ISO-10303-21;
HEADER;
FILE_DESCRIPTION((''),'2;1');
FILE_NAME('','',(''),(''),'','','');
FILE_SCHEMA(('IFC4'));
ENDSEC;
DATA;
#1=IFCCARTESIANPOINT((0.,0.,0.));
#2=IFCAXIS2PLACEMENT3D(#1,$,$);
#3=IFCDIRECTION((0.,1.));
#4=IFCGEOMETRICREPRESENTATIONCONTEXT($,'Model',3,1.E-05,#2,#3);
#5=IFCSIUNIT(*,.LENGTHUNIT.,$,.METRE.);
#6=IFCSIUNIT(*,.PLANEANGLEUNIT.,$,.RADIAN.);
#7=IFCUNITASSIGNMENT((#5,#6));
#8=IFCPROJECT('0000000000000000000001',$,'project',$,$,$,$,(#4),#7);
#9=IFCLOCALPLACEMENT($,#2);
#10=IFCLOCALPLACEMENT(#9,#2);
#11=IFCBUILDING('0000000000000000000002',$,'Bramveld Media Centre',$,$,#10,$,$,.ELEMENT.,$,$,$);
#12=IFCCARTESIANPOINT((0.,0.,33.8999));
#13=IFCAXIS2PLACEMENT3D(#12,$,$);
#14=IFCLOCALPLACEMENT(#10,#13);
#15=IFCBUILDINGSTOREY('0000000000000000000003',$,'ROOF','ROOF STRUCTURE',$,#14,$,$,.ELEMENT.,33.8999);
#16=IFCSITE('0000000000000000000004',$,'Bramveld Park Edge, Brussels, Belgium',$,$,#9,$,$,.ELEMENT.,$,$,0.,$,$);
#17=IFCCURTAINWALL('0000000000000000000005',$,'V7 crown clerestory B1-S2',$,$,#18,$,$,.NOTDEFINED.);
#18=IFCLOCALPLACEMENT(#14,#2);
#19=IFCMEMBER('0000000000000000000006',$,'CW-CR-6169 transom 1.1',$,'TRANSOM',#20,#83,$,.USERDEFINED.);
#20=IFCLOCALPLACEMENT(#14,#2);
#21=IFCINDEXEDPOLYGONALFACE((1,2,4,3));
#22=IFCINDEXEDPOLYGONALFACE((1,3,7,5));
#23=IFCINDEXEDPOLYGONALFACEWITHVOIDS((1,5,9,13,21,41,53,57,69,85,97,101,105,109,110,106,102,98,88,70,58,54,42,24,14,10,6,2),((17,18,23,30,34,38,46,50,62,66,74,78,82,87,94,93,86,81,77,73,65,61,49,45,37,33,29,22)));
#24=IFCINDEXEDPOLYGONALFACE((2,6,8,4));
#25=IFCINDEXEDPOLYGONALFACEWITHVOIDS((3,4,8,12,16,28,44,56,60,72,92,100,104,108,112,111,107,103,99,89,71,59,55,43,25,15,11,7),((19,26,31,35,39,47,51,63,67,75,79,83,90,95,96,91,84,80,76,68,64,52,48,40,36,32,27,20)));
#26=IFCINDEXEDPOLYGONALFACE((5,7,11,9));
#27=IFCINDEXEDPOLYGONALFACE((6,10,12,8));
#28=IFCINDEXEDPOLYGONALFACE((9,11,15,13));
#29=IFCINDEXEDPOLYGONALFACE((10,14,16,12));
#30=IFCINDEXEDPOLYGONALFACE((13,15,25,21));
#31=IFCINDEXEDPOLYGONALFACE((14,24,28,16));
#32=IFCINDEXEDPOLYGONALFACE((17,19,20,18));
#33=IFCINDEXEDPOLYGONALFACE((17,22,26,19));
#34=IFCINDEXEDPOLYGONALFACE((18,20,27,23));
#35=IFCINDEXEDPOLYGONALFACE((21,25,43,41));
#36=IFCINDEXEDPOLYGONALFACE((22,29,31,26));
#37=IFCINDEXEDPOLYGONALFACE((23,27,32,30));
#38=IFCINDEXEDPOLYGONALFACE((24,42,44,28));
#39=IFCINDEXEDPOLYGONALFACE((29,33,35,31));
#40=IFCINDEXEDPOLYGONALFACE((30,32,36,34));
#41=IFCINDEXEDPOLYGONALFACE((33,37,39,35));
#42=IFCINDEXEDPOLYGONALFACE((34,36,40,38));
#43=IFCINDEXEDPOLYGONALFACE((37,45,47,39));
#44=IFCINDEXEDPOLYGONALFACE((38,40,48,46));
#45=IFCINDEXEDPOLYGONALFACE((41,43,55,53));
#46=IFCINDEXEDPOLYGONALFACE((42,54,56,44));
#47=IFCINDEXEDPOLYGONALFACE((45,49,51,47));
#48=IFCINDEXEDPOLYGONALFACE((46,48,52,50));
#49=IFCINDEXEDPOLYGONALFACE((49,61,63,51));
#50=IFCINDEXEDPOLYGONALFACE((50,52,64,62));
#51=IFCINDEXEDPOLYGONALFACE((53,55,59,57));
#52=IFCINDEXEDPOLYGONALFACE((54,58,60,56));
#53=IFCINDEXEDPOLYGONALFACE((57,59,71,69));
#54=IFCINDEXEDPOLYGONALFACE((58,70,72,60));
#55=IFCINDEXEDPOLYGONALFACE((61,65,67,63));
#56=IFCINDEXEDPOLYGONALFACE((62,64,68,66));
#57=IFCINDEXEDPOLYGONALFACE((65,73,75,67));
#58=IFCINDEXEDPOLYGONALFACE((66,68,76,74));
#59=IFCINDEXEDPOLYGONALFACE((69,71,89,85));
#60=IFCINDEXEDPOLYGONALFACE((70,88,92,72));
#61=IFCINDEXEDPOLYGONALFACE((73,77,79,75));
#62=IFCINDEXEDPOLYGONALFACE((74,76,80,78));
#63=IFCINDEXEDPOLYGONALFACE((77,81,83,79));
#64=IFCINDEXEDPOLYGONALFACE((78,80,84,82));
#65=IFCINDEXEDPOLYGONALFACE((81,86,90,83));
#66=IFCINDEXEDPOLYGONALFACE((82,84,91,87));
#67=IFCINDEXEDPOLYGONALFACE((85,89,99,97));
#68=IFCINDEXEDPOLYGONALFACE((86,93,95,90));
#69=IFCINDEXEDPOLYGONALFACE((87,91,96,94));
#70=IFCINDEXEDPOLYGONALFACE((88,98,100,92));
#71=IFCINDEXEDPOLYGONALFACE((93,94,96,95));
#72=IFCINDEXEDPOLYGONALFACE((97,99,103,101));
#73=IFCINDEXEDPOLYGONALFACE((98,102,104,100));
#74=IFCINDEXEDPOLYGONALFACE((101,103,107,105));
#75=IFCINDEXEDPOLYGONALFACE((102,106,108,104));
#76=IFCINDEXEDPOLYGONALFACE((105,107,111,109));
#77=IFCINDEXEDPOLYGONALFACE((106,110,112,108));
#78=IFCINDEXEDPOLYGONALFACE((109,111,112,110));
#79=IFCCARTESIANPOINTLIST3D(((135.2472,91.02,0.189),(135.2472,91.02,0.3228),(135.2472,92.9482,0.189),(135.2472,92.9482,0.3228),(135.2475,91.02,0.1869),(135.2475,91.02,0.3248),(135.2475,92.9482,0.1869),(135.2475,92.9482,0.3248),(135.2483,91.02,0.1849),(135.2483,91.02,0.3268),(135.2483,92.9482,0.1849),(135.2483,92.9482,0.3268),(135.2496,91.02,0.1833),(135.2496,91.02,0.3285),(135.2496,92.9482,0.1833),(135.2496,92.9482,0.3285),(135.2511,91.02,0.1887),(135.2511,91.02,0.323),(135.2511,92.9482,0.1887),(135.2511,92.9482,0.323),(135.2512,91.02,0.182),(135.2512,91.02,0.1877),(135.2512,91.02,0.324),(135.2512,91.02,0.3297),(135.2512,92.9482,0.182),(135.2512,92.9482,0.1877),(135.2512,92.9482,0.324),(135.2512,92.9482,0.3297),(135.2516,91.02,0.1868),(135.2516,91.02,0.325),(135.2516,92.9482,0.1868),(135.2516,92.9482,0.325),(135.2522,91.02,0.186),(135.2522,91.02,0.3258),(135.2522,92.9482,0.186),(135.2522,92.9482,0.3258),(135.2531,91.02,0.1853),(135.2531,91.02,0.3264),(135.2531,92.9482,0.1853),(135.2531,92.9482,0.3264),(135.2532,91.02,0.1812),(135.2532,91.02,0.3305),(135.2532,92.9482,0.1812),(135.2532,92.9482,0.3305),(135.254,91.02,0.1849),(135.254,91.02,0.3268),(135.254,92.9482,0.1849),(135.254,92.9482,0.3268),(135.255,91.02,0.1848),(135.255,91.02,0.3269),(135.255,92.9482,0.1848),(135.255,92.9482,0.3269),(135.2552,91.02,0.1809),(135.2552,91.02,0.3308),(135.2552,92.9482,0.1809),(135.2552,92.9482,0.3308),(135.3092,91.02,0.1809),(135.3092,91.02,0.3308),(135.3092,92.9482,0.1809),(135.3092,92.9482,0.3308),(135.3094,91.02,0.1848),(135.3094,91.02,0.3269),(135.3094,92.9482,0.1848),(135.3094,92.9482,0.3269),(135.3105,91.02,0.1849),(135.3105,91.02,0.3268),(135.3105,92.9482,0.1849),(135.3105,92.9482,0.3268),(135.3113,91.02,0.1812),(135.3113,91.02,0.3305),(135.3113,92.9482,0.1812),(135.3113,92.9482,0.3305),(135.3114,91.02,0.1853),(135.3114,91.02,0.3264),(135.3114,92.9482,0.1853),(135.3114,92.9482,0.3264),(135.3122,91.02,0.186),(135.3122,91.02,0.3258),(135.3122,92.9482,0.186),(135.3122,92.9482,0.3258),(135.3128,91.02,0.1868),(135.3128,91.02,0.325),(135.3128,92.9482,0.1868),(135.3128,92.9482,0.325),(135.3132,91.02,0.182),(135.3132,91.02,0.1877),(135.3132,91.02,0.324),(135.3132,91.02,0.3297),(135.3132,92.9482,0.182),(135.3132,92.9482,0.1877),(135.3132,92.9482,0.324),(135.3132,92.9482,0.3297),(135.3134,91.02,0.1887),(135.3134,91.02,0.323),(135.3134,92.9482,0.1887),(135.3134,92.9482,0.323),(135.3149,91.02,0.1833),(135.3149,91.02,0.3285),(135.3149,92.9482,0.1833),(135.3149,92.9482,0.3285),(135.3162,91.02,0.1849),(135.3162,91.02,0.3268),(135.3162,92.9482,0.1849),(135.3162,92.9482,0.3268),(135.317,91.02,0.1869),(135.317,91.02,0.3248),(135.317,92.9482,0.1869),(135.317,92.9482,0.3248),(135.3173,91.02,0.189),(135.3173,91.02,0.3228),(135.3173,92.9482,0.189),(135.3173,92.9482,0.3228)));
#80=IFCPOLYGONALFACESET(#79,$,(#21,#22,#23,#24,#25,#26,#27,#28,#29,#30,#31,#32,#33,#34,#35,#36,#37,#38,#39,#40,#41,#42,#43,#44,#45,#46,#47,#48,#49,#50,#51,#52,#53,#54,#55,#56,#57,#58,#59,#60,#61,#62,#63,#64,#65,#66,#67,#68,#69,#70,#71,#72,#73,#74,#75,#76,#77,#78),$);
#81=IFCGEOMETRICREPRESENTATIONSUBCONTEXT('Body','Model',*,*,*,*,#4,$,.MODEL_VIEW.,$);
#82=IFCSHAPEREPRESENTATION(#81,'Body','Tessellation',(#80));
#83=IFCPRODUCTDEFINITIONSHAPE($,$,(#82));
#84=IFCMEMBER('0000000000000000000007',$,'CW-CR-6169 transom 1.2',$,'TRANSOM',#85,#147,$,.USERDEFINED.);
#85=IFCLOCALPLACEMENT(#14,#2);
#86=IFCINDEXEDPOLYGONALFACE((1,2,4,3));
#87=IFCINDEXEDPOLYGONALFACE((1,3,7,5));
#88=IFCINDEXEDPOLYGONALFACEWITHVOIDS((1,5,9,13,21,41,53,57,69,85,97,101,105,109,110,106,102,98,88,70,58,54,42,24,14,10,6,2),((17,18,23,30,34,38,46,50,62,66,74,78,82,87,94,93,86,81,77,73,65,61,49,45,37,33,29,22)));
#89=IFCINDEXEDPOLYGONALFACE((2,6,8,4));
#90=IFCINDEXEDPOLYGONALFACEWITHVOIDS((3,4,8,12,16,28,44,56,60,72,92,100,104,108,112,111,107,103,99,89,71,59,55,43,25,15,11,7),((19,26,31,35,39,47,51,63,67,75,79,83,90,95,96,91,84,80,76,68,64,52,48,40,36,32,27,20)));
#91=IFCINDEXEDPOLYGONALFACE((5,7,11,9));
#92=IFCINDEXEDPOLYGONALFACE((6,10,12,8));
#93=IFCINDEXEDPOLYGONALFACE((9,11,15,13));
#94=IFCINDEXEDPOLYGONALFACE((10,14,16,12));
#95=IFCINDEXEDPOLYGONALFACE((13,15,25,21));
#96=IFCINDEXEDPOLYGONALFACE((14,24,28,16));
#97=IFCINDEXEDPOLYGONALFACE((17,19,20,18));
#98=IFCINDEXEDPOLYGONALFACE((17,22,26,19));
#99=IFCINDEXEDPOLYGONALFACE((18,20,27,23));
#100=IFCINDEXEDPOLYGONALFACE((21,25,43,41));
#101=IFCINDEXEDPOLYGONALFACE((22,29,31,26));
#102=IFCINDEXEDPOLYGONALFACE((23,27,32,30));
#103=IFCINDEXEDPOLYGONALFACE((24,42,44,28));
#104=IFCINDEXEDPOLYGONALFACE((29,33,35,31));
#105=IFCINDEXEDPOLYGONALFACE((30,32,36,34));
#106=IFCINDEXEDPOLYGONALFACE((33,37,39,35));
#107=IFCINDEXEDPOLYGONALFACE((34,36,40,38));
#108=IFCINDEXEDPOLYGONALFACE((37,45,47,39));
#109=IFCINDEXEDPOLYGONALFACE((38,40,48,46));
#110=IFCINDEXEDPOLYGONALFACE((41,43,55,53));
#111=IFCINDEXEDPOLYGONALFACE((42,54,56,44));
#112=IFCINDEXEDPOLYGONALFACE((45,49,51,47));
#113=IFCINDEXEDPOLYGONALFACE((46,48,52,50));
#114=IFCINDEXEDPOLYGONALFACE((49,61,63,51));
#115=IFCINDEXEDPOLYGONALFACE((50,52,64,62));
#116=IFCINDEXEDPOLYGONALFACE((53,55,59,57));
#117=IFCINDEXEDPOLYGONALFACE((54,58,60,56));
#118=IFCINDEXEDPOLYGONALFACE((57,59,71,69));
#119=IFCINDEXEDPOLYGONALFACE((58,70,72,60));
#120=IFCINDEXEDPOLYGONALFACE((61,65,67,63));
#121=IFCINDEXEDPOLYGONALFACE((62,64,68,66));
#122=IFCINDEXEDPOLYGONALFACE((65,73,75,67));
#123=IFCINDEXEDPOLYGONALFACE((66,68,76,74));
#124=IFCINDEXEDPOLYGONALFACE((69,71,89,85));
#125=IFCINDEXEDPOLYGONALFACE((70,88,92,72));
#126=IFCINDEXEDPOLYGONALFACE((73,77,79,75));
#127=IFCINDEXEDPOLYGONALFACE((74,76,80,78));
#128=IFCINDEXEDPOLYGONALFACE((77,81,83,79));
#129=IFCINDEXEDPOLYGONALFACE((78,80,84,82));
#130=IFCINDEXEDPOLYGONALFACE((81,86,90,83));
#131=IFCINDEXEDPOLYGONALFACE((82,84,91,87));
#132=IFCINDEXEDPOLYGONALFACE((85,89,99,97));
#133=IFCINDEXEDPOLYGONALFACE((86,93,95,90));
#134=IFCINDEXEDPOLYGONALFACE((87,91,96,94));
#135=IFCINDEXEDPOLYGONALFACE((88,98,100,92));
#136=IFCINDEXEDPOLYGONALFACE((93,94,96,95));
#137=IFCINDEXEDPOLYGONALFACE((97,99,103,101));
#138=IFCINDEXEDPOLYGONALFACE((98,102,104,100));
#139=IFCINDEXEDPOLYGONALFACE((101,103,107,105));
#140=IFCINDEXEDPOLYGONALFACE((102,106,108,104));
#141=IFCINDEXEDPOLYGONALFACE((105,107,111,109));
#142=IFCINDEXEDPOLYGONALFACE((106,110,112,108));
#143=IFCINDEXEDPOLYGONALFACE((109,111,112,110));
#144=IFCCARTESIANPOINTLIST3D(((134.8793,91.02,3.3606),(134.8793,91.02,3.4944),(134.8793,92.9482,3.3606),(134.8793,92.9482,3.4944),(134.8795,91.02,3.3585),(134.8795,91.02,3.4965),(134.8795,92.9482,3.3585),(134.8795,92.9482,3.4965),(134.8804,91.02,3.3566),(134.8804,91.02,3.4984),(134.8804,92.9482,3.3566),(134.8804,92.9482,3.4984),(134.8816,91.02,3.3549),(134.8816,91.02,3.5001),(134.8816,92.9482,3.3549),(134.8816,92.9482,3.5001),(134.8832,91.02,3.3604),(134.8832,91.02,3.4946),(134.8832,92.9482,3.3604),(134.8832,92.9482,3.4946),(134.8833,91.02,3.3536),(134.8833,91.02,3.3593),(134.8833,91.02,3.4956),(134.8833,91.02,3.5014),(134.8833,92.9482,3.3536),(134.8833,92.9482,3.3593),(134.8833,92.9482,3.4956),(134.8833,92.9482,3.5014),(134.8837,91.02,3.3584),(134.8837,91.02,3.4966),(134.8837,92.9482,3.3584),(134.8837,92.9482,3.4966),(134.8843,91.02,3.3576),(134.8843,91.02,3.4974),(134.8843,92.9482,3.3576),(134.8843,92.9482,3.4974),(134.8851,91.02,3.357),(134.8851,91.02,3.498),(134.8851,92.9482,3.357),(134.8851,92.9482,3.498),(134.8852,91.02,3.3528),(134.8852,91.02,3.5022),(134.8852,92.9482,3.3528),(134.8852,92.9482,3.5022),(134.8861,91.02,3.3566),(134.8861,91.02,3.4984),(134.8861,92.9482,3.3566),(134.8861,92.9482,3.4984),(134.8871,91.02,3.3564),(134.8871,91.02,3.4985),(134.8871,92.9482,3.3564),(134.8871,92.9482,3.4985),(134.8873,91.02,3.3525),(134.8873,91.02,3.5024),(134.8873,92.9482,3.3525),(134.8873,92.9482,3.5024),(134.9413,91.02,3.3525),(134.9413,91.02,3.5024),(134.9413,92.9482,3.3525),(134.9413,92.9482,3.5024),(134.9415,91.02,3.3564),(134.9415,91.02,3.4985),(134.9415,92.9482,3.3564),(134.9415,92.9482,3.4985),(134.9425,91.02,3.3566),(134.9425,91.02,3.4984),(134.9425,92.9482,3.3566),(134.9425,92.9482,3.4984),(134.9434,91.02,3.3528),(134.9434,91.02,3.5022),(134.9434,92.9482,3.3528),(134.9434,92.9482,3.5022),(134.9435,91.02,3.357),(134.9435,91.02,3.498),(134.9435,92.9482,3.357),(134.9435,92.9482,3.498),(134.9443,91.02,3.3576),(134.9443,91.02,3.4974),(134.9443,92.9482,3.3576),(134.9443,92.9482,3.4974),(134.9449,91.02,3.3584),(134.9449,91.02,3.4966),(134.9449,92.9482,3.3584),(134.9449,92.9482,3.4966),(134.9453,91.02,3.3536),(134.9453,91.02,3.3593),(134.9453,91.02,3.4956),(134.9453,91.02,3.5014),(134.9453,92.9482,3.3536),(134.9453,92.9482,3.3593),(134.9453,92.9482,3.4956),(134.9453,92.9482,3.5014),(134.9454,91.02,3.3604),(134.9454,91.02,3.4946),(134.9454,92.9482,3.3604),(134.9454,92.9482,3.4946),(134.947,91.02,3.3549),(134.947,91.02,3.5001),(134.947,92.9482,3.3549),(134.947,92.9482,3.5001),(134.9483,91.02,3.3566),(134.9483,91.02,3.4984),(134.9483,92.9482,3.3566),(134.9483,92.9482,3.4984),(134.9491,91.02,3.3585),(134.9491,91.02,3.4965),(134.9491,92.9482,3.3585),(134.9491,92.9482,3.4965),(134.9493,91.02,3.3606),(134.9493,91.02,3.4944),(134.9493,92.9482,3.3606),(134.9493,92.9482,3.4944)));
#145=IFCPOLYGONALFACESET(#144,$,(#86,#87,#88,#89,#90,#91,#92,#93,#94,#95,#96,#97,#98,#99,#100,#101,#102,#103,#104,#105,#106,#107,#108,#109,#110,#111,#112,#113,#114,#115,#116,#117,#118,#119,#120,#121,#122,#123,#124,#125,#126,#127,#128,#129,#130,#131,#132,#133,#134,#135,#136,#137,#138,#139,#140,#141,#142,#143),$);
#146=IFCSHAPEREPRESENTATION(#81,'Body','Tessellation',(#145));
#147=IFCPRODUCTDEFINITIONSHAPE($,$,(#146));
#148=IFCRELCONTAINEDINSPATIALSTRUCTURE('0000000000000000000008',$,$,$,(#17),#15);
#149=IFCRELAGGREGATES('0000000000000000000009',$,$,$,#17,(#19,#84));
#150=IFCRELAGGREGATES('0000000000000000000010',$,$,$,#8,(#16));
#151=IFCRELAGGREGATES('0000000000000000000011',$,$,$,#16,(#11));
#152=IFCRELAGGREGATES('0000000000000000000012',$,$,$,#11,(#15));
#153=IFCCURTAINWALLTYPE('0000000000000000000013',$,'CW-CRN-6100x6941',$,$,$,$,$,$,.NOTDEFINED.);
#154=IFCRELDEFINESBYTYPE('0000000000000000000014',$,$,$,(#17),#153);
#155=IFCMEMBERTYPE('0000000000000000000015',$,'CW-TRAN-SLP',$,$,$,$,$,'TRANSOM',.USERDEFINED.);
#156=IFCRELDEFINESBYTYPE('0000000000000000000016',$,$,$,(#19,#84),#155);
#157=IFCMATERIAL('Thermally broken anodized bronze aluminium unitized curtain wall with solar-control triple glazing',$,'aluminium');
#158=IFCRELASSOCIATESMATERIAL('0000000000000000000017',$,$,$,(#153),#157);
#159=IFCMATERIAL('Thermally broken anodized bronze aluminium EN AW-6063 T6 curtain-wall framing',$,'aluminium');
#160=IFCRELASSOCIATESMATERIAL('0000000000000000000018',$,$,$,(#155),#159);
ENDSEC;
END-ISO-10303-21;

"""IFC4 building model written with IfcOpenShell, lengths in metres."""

from ifc_helpers import new_model, si_unit, direction, frame, origin, origin_2d, place, context, subcontext, project, spatial, hollow_rectangle, extrude, material, material_profile, profile_set, type_object, element, aggregate, save


model = new_model("IFC4")

# Units and contexts
model_context = context("Model", 3, precision=1e-05, world=origin(), true_north=direction((0.0, 1.0)))
body_context = subcontext(model_context, "Body", "Model", "MODEL_VIEW")
ifc_project = project(units=[si_unit("LENGTHUNIT", "METRE"), si_unit("PLANEANGLEUNIT", "RADIAN")], contexts=[model_context])

# Site, building, storey
site_placement = place(None, origin())
site = spatial("IfcSite", under=ifc_project, at=site_placement, Name="Bramveld Park Edge, Brussels, Belgium", CompositionType="ELEMENT", RefElevation=0.0)
building_placement = place(site_placement, origin())
building = spatial("IfcBuilding", under=site, at=building_placement, Name="Bramveld Media Centre", CompositionType="ELEMENT")
storey_placement = place(building_placement, frame((0.0, 0.0, 33.8999)))
storey = spatial("IfcBuildingStorey", under=building, at=storey_placement, Name="ROOF", Description="ROOF STRUCTURE", CompositionType="ELEMENT", Elevation=33.8999)

# Shared definitions
ifc_material_1 = material(Name="Thermally broken anodized bronze aluminium unitized curtain wall with solar-control triple glazing", Category="aluminium")
curtain_wall_type = type_object("IfcCurtainWallType", Name="CW-CRN-6100x6941", PredefinedType="NOTDEFINED", material=ifc_material_1)

# Curtain wall, members
curtain_wall_1_placement = place(storey_placement, origin())
curtain_wall_1 = element("IfcCurtainWall", 1, at=curtain_wall_1_placement, inside=storey, type_object=curtain_wall_type, Name="V7 crown clerestory B1-S2", PredefinedType="NOTDEFINED")
ifc_material_2 = material(Name="Thermally broken anodized bronze aluminium EN AW-6063 T6 curtain-wall framing", Category="aluminium")
ifc_material_profile_1 = material_profile(ifc_material_2, hollow_rectangle(XDim=0.0701, YDim=0.1499, WallThickness=0.0039, InnerFilletRadius=0.0039, OuterFilletRadius=0.0081, at=origin_2d()), Name="AL-TRAN 70x150")
ifc_profile_set_1 = profile_set([ifc_material_profile_1], Name="Thermally broken anodized bronze aluminium EN AW-6063 T6 curtain-wall framing")
member_type_1 = type_object("IfcMemberType", Name="CW-TRAN-SLP", ElementType="TRANSOM", PredefinedType="USERDEFINED", material=ifc_profile_set_1)
member_1_placement = place(storey_placement, frame((135.2822, 91.02, 0.2559), z_axis=(0.0, 1.0, 0.0), x_axis=(-1.0, 0.0, 0.0)))
member_1 = element("IfcMember", 2, at=member_1_placement, type_object=member_type_1, Name="CW-CR-6169 transom 1.1", ObjectType="TRANSOM", PredefinedType="USERDEFINED", context=body_context, shape_type="SweptSolid", body=[
    extrude(hollow_rectangle(XDim=0.0701, YDim=0.1499, WallThickness=0.0039, InnerFilletRadius=0.0039, OuterFilletRadius=0.0081, at=origin_2d()), origin(), (0.0, 0.0, 1.0), 1.9282),
])
member_2_placement = place(storey_placement, frame((134.9143, 91.02, 3.4275), z_axis=(0.0, 1.0, 0.0), x_axis=(-1.0, 0.0, 0.0)))
member_2 = element("IfcMember", 3, at=member_2_placement, type_object=member_type_1, Name="CW-CR-6169 transom 1.2", ObjectType="TRANSOM", PredefinedType="USERDEFINED", context=body_context, shape_type="SweptSolid", body=[
    extrude(hollow_rectangle(XDim=0.0701, YDim=0.1499, WallThickness=0.0039, InnerFilletRadius=0.0039, OuterFilletRadius=0.0081, at=origin_2d()), origin(), (0.0, 0.0, 1.0), 1.9282),
])

aggregate(curtain_wall_1, [member_1, member_2])

save(model, "model.ifc")
